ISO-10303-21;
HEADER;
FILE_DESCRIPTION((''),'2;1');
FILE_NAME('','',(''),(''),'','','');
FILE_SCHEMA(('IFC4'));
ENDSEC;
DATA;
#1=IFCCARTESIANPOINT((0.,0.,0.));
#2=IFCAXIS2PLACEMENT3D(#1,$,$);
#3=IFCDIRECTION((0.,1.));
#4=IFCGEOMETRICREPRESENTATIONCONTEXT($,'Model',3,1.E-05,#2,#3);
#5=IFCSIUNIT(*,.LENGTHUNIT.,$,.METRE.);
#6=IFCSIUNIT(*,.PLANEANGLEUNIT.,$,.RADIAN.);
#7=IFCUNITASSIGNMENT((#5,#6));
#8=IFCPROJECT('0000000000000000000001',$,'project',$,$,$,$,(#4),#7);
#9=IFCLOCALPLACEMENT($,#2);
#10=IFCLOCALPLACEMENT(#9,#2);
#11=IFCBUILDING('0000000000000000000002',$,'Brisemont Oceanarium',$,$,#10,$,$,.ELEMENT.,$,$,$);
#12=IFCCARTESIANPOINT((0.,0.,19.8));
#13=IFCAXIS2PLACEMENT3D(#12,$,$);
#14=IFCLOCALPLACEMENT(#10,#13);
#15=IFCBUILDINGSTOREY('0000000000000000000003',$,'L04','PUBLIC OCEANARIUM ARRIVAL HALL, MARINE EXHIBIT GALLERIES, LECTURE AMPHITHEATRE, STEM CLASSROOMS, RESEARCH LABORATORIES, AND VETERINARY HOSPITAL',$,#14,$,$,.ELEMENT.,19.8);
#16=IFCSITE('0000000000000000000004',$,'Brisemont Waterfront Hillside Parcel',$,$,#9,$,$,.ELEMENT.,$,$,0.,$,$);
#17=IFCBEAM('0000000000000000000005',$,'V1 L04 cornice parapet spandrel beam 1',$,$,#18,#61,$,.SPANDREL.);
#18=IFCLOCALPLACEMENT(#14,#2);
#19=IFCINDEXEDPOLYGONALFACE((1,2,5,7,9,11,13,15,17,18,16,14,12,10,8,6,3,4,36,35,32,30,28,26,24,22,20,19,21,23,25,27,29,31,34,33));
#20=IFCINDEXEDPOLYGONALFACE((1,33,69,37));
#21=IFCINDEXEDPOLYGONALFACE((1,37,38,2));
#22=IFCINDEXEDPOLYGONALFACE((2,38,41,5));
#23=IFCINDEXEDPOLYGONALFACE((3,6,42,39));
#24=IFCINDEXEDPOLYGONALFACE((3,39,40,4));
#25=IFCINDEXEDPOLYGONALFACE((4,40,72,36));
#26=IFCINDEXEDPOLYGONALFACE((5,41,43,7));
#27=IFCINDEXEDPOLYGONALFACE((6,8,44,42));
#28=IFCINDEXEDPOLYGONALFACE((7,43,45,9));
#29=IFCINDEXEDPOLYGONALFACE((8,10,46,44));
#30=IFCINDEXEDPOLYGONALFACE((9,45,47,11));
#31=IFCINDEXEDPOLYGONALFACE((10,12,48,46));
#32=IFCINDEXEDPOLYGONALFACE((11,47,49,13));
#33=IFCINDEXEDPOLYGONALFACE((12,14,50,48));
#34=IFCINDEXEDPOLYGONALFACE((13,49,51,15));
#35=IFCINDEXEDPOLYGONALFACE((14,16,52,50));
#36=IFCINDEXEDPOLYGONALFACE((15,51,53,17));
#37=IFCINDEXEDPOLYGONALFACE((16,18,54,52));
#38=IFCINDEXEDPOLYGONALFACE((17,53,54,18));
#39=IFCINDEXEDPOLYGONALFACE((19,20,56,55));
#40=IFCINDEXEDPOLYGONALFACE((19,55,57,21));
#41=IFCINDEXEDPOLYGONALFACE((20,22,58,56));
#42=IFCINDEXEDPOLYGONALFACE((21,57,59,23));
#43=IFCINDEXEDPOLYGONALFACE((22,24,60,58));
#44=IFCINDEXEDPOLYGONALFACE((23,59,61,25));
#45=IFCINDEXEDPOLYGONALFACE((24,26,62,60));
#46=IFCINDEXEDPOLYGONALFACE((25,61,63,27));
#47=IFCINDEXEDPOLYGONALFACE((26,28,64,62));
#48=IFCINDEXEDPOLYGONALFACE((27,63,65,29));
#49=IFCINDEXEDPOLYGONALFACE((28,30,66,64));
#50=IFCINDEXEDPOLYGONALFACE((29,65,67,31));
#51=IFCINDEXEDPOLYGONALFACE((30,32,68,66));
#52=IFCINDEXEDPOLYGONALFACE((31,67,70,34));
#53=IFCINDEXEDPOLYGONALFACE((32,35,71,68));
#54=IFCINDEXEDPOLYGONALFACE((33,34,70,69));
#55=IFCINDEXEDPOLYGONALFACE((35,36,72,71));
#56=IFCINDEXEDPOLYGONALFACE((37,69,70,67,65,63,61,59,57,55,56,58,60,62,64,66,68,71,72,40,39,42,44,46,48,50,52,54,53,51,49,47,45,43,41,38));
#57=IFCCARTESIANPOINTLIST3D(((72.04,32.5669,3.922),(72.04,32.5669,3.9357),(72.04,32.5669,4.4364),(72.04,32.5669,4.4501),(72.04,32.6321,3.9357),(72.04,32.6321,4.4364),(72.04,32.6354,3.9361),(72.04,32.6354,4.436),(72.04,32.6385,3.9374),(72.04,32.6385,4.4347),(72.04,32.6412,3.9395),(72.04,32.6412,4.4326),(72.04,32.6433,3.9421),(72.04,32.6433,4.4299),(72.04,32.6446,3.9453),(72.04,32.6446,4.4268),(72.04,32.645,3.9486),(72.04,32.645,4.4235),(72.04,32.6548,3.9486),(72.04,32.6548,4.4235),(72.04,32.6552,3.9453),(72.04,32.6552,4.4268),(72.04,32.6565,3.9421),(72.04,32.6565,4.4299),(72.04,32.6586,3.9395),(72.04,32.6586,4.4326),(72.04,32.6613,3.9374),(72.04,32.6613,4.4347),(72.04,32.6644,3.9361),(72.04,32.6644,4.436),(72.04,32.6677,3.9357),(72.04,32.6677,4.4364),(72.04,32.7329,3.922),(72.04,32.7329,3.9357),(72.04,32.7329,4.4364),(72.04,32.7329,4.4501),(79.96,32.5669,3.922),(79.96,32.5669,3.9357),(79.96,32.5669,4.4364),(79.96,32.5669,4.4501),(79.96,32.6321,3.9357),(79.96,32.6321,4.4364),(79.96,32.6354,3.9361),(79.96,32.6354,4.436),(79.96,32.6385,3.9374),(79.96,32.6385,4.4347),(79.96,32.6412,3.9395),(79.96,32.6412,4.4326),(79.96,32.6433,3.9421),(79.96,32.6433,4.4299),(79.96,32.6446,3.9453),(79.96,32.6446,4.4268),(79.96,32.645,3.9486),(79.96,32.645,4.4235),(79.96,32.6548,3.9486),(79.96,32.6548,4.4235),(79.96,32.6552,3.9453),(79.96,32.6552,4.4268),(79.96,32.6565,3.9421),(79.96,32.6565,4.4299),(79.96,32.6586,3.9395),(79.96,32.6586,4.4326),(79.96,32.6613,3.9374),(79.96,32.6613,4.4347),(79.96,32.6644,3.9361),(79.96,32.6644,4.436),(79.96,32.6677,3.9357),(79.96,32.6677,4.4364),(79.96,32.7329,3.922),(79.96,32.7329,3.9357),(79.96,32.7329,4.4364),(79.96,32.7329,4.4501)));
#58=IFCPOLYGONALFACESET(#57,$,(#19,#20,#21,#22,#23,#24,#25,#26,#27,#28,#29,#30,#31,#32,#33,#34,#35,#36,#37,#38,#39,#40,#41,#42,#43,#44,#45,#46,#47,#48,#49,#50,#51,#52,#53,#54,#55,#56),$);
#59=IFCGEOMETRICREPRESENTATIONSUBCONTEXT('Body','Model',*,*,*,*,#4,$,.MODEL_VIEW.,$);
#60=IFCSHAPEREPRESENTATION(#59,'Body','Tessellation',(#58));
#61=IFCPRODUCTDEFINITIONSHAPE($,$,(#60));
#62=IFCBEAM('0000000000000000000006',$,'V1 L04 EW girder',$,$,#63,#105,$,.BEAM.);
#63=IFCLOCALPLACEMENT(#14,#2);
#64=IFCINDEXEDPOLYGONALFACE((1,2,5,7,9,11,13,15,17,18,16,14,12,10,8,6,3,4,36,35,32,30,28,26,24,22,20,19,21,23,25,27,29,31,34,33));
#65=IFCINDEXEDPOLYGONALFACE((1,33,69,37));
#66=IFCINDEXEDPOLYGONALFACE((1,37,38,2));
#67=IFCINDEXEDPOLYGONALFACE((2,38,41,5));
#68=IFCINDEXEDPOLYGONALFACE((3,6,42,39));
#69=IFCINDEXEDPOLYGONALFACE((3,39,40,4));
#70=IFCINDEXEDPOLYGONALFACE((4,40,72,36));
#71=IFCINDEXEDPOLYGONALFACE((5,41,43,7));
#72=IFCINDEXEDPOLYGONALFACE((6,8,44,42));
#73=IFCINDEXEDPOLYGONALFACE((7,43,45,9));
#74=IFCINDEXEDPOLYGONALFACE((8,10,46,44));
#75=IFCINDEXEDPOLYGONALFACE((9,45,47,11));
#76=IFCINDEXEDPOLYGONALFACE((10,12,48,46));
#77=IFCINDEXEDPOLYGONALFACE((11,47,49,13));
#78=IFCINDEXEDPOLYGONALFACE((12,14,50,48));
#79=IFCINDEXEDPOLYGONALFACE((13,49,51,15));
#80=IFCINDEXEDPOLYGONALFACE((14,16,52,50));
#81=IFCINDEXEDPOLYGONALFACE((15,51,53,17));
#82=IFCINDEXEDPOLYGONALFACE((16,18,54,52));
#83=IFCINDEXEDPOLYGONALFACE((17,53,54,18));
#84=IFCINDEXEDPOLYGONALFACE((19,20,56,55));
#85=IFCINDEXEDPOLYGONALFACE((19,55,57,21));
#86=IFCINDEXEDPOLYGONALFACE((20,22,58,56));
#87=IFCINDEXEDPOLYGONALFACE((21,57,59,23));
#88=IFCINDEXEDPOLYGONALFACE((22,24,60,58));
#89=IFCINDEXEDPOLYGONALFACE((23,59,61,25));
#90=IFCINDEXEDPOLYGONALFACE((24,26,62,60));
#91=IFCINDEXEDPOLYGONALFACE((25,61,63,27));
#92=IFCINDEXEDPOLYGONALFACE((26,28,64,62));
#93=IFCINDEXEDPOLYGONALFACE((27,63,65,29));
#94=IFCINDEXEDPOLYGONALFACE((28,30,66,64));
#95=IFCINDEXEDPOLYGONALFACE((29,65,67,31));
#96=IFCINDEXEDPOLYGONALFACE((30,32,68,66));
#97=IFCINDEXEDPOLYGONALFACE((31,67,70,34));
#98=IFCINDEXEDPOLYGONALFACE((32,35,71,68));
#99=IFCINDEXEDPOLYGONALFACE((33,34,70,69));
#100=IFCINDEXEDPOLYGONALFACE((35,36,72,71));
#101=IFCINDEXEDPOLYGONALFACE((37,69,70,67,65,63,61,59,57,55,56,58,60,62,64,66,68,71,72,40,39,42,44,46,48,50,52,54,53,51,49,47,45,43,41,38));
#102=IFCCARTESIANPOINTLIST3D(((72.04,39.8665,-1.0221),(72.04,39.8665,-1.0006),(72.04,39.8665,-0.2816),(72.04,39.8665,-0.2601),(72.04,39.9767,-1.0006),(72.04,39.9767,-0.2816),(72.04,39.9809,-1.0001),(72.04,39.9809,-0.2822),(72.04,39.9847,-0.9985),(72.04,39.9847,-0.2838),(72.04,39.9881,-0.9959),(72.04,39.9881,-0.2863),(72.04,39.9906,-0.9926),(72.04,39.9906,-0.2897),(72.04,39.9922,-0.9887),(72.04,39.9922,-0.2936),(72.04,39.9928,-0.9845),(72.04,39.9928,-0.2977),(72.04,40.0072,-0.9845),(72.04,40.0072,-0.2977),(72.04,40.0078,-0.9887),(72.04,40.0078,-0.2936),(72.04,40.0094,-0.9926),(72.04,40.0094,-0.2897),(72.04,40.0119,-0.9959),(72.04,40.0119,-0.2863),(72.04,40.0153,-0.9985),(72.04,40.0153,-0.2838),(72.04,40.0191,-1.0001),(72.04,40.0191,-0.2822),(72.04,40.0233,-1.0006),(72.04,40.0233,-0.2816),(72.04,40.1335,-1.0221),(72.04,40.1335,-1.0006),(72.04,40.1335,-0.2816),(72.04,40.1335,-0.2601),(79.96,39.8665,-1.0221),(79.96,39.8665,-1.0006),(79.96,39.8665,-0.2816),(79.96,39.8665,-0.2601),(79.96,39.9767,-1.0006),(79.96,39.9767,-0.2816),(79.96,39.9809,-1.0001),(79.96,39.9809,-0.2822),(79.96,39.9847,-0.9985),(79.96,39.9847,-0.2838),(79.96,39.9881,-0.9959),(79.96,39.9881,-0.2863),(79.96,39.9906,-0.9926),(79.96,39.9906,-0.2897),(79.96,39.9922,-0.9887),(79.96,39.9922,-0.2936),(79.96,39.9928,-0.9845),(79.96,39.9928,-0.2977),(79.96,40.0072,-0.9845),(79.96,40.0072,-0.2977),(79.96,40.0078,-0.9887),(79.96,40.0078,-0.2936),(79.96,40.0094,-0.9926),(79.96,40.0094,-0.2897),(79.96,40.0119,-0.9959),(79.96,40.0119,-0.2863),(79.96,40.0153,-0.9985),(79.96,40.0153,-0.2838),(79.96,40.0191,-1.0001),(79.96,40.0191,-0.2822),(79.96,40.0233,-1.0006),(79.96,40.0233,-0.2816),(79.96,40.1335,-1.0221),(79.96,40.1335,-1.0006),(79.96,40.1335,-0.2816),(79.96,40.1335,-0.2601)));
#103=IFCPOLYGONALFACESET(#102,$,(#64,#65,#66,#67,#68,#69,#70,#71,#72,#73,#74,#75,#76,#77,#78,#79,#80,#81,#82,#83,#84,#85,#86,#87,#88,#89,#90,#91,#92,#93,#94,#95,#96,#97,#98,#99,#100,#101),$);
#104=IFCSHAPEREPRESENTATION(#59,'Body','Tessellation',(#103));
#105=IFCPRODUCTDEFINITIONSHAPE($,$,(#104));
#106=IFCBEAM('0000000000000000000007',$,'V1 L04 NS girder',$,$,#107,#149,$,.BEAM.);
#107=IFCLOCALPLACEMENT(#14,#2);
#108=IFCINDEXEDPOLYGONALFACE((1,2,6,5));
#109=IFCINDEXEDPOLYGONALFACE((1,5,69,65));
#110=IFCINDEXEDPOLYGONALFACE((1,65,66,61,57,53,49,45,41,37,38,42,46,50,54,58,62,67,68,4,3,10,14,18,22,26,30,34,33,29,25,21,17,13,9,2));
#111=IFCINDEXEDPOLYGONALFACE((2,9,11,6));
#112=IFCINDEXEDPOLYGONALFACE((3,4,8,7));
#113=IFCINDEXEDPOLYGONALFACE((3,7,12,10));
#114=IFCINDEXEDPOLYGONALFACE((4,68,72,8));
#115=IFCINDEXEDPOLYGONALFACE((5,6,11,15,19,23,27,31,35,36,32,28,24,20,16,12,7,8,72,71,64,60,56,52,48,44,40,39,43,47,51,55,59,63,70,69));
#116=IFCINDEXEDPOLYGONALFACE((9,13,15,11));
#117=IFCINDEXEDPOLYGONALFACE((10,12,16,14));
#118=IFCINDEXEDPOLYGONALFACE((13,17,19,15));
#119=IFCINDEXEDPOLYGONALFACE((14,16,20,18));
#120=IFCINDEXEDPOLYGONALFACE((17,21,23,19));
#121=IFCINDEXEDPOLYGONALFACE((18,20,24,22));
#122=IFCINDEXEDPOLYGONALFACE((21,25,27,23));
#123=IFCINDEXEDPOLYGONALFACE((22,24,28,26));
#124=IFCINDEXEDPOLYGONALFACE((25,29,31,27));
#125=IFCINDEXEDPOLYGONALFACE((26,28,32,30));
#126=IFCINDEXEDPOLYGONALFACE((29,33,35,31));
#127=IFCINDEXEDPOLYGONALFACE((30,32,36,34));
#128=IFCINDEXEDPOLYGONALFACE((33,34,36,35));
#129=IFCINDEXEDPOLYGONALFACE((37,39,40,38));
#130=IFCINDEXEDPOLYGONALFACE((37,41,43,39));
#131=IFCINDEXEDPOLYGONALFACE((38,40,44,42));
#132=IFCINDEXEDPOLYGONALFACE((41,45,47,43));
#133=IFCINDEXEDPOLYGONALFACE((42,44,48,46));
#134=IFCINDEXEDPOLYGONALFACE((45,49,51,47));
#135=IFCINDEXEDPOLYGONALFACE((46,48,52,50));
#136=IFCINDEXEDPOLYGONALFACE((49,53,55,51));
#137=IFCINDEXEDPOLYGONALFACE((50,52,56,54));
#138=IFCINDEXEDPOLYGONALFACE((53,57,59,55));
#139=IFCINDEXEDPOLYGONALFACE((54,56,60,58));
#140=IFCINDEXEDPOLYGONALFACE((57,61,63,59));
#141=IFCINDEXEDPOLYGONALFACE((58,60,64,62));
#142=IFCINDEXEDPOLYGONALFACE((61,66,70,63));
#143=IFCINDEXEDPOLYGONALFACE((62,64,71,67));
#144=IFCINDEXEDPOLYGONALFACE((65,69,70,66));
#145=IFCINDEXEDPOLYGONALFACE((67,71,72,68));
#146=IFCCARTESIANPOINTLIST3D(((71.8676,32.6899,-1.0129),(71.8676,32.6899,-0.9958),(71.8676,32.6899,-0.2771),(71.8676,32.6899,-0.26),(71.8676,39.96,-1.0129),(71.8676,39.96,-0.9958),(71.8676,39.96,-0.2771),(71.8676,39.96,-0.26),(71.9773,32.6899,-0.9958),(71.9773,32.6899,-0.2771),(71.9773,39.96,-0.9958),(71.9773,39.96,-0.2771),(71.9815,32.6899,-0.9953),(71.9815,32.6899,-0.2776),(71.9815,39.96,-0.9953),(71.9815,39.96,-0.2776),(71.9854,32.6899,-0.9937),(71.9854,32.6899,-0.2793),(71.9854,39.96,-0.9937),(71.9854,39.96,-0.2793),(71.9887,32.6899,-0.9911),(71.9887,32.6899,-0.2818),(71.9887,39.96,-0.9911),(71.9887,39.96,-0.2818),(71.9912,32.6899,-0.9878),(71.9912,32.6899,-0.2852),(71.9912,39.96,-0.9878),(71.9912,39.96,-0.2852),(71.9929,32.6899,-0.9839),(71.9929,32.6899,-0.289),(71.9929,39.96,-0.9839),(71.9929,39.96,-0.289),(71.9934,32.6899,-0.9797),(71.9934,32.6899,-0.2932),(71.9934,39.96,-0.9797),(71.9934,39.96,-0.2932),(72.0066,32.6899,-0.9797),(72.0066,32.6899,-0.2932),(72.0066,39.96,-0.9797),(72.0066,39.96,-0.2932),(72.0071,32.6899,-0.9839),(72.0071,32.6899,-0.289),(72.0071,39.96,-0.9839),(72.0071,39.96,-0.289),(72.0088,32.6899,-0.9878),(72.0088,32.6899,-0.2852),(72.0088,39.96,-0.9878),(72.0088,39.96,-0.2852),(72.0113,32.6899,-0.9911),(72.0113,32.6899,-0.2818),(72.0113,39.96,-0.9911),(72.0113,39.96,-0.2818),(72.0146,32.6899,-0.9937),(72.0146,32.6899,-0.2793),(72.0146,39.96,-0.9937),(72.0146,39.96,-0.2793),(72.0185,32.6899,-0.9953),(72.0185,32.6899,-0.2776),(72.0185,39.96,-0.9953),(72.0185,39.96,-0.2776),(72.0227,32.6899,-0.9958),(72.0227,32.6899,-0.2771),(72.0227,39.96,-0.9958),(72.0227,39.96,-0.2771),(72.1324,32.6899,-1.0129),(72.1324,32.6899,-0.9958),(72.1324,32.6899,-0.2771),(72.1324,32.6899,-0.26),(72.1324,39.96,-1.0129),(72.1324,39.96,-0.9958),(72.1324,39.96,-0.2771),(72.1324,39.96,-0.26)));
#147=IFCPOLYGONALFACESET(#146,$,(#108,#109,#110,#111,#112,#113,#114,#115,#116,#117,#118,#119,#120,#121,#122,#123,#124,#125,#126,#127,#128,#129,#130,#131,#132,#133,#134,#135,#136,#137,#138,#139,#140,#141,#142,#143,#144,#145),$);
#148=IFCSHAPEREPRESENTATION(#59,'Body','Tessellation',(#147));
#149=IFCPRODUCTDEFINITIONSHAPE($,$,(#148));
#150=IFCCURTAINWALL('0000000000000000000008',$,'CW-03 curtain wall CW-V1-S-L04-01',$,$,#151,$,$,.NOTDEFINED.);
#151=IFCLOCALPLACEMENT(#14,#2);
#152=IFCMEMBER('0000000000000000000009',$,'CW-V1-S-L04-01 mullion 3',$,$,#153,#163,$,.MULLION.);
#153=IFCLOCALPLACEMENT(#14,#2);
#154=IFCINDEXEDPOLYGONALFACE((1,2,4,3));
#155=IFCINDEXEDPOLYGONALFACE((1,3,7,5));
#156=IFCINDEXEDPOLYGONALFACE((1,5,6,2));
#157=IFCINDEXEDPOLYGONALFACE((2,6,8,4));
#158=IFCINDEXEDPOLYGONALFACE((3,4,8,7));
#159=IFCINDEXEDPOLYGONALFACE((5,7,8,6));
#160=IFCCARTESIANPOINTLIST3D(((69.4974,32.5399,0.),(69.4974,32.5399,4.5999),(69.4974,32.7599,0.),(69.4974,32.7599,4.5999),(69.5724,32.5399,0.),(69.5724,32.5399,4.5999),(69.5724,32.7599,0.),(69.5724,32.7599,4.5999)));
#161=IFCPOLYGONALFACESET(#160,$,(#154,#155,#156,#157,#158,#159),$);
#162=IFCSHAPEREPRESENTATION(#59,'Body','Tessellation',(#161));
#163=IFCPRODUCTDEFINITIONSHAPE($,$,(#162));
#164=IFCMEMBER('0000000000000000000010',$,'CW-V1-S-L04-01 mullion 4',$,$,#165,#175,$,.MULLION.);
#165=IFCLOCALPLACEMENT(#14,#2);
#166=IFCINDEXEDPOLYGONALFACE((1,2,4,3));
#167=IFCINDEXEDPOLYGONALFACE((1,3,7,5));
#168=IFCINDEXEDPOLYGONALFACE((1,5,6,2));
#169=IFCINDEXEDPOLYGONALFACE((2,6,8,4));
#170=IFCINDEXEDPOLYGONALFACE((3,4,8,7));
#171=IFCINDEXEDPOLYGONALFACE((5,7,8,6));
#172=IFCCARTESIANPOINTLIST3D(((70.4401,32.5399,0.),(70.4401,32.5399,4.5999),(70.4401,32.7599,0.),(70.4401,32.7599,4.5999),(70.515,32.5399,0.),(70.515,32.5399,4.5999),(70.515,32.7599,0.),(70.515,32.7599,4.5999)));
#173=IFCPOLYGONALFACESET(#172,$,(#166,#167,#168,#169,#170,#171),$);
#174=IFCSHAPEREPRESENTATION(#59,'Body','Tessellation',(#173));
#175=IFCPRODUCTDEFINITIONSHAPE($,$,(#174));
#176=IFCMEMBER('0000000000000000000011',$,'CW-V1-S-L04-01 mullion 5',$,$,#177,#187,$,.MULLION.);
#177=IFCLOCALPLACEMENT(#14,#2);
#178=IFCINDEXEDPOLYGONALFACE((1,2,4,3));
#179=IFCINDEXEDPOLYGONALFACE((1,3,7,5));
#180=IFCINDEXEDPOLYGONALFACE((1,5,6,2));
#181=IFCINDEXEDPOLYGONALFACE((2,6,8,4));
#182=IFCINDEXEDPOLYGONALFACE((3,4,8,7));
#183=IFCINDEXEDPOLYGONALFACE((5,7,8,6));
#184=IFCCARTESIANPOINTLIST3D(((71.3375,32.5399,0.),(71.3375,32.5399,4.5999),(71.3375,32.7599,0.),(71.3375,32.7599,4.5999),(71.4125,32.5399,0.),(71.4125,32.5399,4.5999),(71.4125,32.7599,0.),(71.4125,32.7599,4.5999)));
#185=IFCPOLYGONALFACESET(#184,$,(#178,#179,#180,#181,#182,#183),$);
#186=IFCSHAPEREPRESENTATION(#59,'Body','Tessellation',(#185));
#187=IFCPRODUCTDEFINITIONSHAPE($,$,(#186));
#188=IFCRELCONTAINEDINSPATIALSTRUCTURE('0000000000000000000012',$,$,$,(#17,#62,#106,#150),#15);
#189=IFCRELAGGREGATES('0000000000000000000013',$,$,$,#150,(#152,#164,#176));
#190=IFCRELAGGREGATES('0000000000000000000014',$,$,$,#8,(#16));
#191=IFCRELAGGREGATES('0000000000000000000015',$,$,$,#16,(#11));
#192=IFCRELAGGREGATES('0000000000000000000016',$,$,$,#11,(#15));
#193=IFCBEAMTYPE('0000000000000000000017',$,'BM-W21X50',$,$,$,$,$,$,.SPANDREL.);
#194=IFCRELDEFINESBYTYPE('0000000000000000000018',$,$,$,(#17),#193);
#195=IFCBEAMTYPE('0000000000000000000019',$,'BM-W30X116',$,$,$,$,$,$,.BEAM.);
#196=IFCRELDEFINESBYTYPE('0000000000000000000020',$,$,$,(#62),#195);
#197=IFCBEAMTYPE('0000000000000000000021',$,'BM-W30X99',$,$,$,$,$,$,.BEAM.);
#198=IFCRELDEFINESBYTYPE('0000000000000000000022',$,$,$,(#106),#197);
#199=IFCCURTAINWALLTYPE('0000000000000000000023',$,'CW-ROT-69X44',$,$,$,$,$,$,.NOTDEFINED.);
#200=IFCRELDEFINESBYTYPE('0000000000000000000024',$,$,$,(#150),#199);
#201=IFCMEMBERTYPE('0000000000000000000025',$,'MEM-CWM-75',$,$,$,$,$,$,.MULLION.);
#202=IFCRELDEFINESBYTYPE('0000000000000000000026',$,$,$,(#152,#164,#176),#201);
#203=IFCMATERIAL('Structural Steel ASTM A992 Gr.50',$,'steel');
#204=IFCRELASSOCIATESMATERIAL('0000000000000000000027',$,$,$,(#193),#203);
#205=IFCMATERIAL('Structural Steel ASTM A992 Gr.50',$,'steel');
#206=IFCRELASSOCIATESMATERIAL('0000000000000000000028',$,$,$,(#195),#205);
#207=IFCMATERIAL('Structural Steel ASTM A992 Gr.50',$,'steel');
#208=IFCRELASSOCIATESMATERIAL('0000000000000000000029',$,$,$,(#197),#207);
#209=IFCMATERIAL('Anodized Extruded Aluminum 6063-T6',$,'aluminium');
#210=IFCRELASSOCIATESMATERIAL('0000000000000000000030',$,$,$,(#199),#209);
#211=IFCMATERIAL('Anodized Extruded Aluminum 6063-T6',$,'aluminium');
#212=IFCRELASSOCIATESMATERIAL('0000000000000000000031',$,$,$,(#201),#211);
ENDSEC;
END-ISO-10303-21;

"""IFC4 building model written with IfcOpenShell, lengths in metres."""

from ifc_helpers import new_model, si_unit, direction, frame, origin, origin_2d, place, context, subcontext, project, spatial, rectangle, i_section, extrude, material, material_profile, profile_set, type_object, element, aggregate, save


model = new_model("IFC4")

# Units and contexts
model_context = context("Model", 3, precision=1e-05, world=origin(), true_north=direction((0.0, 1.0)))
body_context = subcontext(model_context, "Body", "Model", "MODEL_VIEW")
ifc_project = project(units=[si_unit("LENGTHUNIT", "METRE"), si_unit("PLANEANGLEUNIT", "RADIAN")], contexts=[model_context])

# Site, building, storey
site_placement = place(None, origin())
site = spatial("IfcSite", under=ifc_project, at=site_placement, Name="Brisemont Waterfront Hillside Parcel", CompositionType="ELEMENT", RefElevation=0.0)
building_placement = place(site_placement, origin())
building = spatial("IfcBuilding", under=site, at=building_placement, Name="Brisemont Oceanarium", CompositionType="ELEMENT")
storey_placement = place(building_placement, frame((0.0, 0.0, 19.8)))
storey = spatial("IfcBuildingStorey", under=building, at=storey_placement, Name="L04", Description="PUBLIC OCEANARIUM ARRIVAL HALL, MARINE EXHIBIT GALLERIES, LECTURE AMPHITHEATRE, STEM CLASSROOMS, RESEARCH LABORATORIES, AND VETERINARY HOSPITAL", CompositionType="ELEMENT", Elevation=19.8)

# Beams
ifc_material_1 = material(Name="Structural Steel ASTM A992 Gr.50", Category="steel")
ifc_material_profile_1 = material_profile(ifc_material_1, i_section(OverallWidth=0.166, OverallDepth=0.5281, WebThickness=0.0098, FlangeThickness=0.0137, FilletRadius=0.0129, at=origin_2d()), Name="W21X50")
ifc_profile_set_1 = profile_set([ifc_material_profile_1], Name="Structural Steel ASTM A992 Gr.50")
beam_type_1 = type_object("IfcBeamType", Name="BM-W21X50", PredefinedType="SPANDREL", material=ifc_profile_set_1)
beam_1_placement = place(storey_placement, frame((72.04, 32.6499, 4.186), z_axis=(1.0, 0.0, 0.0), x_axis=(0.0, 1.0, 0.0)))
element("IfcBeam", 1, at=beam_1_placement, inside=storey, type_object=beam_type_1, Name="V1 L04 cornice parapet spandrel beam 1", PredefinedType="SPANDREL", context=body_context, shape_type="SweptSolid", body=[
    extrude(i_section(OverallWidth=0.166, OverallDepth=0.5281, WebThickness=0.0098, FlangeThickness=0.0137, FilletRadius=0.0129, at=origin_2d()), origin(), (0.0, 0.0, 1.0), 7.9199),
])
ifc_material_2 = material(Name="Structural Steel ASTM A992 Gr.50", Category="steel")
ifc_material_profile_2 = material_profile(ifc_material_2, i_section(OverallWidth=0.2671, OverallDepth=0.762, WebThickness=0.0144, FlangeThickness=0.0215, FilletRadius=0.0161, at=origin_2d()), Name="W30X116")
ifc_profile_set_2 = profile_set([ifc_material_profile_2], Name="Structural Steel ASTM A992 Gr.50")
beam_type_2 = type_object("IfcBeamType", Name="BM-W30X116", PredefinedType="BEAM", material=ifc_profile_set_2)
beam_2_placement = place(storey_placement, frame((72.04, 40.0, -0.6411), z_axis=(1.0, 0.0, 0.0), x_axis=(0.0, 1.0, 0.0)))
element("IfcBeam", 2, at=beam_2_placement, inside=storey, type_object=beam_type_2, Name="V1 L04 EW girder", PredefinedType="BEAM", context=body_context, shape_type="SweptSolid", body=[
    extrude(i_section(OverallWidth=0.2671, OverallDepth=0.762, WebThickness=0.0144, FlangeThickness=0.0215, FilletRadius=0.0161, at=origin_2d()), origin(), (0.0, 0.0, 1.0), 7.9199),
])
ifc_material_3 = material(Name="Structural Steel ASTM A992 Gr.50", Category="steel")
ifc_material_profile_3 = material_profile(ifc_material_3, i_section(OverallWidth=0.2649, OverallDepth=0.7529, WebThickness=0.0132, FlangeThickness=0.0171, FilletRadius=0.0161, at=origin_2d()), Name="W30X99")
ifc_profile_set_3 = profile_set([ifc_material_profile_3], Name="Structural Steel ASTM A992 Gr.50")
beam_type_3 = type_object("IfcBeamType", Name="BM-W30X99", PredefinedType="BEAM", material=ifc_profile_set_3)
beam_3_placement = place(storey_placement, frame((72.0, 32.6899, -0.6365), z_axis=(0.0, 1.0, 0.0), x_axis=(-1.0, 0.0, 0.0)))
element("IfcBeam", 3, at=beam_3_placement, inside=storey, type_object=beam_type_3, Name="V1 L04 NS girder", PredefinedType="BEAM", context=body_context, shape_type="SweptSolid", body=[
    extrude(i_section(OverallWidth=0.2649, OverallDepth=0.7529, WebThickness=0.0132, FlangeThickness=0.0171, FilletRadius=0.0161, at=origin_2d()), origin(), (0.0, 0.0, 1.0), 7.27),
])

# Curtain wall, members
ifc_material_4 = material(Name="Anodized Extruded Aluminum 6063-T6", Category="aluminium")
curtain_wall_type = type_object("IfcCurtainWallType", Name="CW-ROT-69X44", PredefinedType="NOTDEFINED", material=ifc_material_4)
curtain_wall_1_placement = place(storey_placement, origin())
curtain_wall_1 = element("IfcCurtainWall", 4, at=curtain_wall_1_placement, inside=storey, type_object=curtain_wall_type, Name="CW-03 curtain wall CW-V1-S-L04-01", PredefinedType="NOTDEFINED")
ifc_material_5 = material(Name="Anodized Extruded Aluminum 6063-T6", Category="aluminium")
ifc_material_profile_4 = material_profile(ifc_material_5, rectangle(XDim=0.075, YDim=0.22, at=origin_2d()), Name="CWM-75X220")
ifc_profile_set_4 = profile_set([ifc_material_profile_4], Name="Anodized Extruded Aluminum 6063-T6")
member_type_1 = type_object("IfcMemberType", Name="MEM-CWM-75", PredefinedType="MULLION", material=ifc_profile_set_4)
member_1_placement = place(storey_placement, frame((69.5349, 32.6499, 0.0), z_axis=(0.0, 0.0, 1.0), x_axis=(1.0, 0.0, 0.0)))
member_1 = element("IfcMember", 5, at=member_1_placement, type_object=member_type_1, Name="CW-V1-S-L04-01 mullion 3", PredefinedType="MULLION", context=body_context, shape_type="SweptSolid", body=[
    extrude(rectangle(XDim=0.075, YDim=0.22, at=origin_2d()), origin(), (0.0, 0.0, 1.0), 4.5999),
])
member_2_placement = place(storey_placement, frame((70.4775, 32.6499, 0.0), z_axis=(0.0, 0.0, 1.0), x_axis=(1.0, 0.0, 0.0)))
member_2 = element("IfcMember", 6, at=member_2_placement, type_object=member_type_1, Name="CW-V1-S-L04-01 mullion 4", PredefinedType="MULLION", context=body_context, shape_type="SweptSolid", body=[
    extrude(rectangle(XDim=0.075, YDim=0.22, at=origin_2d()), origin(), (0.0, 0.0, 1.0), 4.5999),
])
member_3_placement = place(storey_placement, frame((71.375, 32.6499, 0.0), z_axis=(0.0, 0.0, 1.0), x_axis=(1.0, 0.0, 0.0)))
member_3 = element("IfcMember", 7, at=member_3_placement, type_object=member_type_1, Name="CW-V1-S-L04-01 mullion 5", PredefinedType="MULLION", context=body_context, shape_type="SweptSolid", body=[
    extrude(rectangle(XDim=0.075, YDim=0.22, at=origin_2d()), origin(), (0.0, 0.0, 1.0), 4.5999),
])

aggregate(curtain_wall_1, [member_1, member_2, member_3])

save(model, "model.ifc")
